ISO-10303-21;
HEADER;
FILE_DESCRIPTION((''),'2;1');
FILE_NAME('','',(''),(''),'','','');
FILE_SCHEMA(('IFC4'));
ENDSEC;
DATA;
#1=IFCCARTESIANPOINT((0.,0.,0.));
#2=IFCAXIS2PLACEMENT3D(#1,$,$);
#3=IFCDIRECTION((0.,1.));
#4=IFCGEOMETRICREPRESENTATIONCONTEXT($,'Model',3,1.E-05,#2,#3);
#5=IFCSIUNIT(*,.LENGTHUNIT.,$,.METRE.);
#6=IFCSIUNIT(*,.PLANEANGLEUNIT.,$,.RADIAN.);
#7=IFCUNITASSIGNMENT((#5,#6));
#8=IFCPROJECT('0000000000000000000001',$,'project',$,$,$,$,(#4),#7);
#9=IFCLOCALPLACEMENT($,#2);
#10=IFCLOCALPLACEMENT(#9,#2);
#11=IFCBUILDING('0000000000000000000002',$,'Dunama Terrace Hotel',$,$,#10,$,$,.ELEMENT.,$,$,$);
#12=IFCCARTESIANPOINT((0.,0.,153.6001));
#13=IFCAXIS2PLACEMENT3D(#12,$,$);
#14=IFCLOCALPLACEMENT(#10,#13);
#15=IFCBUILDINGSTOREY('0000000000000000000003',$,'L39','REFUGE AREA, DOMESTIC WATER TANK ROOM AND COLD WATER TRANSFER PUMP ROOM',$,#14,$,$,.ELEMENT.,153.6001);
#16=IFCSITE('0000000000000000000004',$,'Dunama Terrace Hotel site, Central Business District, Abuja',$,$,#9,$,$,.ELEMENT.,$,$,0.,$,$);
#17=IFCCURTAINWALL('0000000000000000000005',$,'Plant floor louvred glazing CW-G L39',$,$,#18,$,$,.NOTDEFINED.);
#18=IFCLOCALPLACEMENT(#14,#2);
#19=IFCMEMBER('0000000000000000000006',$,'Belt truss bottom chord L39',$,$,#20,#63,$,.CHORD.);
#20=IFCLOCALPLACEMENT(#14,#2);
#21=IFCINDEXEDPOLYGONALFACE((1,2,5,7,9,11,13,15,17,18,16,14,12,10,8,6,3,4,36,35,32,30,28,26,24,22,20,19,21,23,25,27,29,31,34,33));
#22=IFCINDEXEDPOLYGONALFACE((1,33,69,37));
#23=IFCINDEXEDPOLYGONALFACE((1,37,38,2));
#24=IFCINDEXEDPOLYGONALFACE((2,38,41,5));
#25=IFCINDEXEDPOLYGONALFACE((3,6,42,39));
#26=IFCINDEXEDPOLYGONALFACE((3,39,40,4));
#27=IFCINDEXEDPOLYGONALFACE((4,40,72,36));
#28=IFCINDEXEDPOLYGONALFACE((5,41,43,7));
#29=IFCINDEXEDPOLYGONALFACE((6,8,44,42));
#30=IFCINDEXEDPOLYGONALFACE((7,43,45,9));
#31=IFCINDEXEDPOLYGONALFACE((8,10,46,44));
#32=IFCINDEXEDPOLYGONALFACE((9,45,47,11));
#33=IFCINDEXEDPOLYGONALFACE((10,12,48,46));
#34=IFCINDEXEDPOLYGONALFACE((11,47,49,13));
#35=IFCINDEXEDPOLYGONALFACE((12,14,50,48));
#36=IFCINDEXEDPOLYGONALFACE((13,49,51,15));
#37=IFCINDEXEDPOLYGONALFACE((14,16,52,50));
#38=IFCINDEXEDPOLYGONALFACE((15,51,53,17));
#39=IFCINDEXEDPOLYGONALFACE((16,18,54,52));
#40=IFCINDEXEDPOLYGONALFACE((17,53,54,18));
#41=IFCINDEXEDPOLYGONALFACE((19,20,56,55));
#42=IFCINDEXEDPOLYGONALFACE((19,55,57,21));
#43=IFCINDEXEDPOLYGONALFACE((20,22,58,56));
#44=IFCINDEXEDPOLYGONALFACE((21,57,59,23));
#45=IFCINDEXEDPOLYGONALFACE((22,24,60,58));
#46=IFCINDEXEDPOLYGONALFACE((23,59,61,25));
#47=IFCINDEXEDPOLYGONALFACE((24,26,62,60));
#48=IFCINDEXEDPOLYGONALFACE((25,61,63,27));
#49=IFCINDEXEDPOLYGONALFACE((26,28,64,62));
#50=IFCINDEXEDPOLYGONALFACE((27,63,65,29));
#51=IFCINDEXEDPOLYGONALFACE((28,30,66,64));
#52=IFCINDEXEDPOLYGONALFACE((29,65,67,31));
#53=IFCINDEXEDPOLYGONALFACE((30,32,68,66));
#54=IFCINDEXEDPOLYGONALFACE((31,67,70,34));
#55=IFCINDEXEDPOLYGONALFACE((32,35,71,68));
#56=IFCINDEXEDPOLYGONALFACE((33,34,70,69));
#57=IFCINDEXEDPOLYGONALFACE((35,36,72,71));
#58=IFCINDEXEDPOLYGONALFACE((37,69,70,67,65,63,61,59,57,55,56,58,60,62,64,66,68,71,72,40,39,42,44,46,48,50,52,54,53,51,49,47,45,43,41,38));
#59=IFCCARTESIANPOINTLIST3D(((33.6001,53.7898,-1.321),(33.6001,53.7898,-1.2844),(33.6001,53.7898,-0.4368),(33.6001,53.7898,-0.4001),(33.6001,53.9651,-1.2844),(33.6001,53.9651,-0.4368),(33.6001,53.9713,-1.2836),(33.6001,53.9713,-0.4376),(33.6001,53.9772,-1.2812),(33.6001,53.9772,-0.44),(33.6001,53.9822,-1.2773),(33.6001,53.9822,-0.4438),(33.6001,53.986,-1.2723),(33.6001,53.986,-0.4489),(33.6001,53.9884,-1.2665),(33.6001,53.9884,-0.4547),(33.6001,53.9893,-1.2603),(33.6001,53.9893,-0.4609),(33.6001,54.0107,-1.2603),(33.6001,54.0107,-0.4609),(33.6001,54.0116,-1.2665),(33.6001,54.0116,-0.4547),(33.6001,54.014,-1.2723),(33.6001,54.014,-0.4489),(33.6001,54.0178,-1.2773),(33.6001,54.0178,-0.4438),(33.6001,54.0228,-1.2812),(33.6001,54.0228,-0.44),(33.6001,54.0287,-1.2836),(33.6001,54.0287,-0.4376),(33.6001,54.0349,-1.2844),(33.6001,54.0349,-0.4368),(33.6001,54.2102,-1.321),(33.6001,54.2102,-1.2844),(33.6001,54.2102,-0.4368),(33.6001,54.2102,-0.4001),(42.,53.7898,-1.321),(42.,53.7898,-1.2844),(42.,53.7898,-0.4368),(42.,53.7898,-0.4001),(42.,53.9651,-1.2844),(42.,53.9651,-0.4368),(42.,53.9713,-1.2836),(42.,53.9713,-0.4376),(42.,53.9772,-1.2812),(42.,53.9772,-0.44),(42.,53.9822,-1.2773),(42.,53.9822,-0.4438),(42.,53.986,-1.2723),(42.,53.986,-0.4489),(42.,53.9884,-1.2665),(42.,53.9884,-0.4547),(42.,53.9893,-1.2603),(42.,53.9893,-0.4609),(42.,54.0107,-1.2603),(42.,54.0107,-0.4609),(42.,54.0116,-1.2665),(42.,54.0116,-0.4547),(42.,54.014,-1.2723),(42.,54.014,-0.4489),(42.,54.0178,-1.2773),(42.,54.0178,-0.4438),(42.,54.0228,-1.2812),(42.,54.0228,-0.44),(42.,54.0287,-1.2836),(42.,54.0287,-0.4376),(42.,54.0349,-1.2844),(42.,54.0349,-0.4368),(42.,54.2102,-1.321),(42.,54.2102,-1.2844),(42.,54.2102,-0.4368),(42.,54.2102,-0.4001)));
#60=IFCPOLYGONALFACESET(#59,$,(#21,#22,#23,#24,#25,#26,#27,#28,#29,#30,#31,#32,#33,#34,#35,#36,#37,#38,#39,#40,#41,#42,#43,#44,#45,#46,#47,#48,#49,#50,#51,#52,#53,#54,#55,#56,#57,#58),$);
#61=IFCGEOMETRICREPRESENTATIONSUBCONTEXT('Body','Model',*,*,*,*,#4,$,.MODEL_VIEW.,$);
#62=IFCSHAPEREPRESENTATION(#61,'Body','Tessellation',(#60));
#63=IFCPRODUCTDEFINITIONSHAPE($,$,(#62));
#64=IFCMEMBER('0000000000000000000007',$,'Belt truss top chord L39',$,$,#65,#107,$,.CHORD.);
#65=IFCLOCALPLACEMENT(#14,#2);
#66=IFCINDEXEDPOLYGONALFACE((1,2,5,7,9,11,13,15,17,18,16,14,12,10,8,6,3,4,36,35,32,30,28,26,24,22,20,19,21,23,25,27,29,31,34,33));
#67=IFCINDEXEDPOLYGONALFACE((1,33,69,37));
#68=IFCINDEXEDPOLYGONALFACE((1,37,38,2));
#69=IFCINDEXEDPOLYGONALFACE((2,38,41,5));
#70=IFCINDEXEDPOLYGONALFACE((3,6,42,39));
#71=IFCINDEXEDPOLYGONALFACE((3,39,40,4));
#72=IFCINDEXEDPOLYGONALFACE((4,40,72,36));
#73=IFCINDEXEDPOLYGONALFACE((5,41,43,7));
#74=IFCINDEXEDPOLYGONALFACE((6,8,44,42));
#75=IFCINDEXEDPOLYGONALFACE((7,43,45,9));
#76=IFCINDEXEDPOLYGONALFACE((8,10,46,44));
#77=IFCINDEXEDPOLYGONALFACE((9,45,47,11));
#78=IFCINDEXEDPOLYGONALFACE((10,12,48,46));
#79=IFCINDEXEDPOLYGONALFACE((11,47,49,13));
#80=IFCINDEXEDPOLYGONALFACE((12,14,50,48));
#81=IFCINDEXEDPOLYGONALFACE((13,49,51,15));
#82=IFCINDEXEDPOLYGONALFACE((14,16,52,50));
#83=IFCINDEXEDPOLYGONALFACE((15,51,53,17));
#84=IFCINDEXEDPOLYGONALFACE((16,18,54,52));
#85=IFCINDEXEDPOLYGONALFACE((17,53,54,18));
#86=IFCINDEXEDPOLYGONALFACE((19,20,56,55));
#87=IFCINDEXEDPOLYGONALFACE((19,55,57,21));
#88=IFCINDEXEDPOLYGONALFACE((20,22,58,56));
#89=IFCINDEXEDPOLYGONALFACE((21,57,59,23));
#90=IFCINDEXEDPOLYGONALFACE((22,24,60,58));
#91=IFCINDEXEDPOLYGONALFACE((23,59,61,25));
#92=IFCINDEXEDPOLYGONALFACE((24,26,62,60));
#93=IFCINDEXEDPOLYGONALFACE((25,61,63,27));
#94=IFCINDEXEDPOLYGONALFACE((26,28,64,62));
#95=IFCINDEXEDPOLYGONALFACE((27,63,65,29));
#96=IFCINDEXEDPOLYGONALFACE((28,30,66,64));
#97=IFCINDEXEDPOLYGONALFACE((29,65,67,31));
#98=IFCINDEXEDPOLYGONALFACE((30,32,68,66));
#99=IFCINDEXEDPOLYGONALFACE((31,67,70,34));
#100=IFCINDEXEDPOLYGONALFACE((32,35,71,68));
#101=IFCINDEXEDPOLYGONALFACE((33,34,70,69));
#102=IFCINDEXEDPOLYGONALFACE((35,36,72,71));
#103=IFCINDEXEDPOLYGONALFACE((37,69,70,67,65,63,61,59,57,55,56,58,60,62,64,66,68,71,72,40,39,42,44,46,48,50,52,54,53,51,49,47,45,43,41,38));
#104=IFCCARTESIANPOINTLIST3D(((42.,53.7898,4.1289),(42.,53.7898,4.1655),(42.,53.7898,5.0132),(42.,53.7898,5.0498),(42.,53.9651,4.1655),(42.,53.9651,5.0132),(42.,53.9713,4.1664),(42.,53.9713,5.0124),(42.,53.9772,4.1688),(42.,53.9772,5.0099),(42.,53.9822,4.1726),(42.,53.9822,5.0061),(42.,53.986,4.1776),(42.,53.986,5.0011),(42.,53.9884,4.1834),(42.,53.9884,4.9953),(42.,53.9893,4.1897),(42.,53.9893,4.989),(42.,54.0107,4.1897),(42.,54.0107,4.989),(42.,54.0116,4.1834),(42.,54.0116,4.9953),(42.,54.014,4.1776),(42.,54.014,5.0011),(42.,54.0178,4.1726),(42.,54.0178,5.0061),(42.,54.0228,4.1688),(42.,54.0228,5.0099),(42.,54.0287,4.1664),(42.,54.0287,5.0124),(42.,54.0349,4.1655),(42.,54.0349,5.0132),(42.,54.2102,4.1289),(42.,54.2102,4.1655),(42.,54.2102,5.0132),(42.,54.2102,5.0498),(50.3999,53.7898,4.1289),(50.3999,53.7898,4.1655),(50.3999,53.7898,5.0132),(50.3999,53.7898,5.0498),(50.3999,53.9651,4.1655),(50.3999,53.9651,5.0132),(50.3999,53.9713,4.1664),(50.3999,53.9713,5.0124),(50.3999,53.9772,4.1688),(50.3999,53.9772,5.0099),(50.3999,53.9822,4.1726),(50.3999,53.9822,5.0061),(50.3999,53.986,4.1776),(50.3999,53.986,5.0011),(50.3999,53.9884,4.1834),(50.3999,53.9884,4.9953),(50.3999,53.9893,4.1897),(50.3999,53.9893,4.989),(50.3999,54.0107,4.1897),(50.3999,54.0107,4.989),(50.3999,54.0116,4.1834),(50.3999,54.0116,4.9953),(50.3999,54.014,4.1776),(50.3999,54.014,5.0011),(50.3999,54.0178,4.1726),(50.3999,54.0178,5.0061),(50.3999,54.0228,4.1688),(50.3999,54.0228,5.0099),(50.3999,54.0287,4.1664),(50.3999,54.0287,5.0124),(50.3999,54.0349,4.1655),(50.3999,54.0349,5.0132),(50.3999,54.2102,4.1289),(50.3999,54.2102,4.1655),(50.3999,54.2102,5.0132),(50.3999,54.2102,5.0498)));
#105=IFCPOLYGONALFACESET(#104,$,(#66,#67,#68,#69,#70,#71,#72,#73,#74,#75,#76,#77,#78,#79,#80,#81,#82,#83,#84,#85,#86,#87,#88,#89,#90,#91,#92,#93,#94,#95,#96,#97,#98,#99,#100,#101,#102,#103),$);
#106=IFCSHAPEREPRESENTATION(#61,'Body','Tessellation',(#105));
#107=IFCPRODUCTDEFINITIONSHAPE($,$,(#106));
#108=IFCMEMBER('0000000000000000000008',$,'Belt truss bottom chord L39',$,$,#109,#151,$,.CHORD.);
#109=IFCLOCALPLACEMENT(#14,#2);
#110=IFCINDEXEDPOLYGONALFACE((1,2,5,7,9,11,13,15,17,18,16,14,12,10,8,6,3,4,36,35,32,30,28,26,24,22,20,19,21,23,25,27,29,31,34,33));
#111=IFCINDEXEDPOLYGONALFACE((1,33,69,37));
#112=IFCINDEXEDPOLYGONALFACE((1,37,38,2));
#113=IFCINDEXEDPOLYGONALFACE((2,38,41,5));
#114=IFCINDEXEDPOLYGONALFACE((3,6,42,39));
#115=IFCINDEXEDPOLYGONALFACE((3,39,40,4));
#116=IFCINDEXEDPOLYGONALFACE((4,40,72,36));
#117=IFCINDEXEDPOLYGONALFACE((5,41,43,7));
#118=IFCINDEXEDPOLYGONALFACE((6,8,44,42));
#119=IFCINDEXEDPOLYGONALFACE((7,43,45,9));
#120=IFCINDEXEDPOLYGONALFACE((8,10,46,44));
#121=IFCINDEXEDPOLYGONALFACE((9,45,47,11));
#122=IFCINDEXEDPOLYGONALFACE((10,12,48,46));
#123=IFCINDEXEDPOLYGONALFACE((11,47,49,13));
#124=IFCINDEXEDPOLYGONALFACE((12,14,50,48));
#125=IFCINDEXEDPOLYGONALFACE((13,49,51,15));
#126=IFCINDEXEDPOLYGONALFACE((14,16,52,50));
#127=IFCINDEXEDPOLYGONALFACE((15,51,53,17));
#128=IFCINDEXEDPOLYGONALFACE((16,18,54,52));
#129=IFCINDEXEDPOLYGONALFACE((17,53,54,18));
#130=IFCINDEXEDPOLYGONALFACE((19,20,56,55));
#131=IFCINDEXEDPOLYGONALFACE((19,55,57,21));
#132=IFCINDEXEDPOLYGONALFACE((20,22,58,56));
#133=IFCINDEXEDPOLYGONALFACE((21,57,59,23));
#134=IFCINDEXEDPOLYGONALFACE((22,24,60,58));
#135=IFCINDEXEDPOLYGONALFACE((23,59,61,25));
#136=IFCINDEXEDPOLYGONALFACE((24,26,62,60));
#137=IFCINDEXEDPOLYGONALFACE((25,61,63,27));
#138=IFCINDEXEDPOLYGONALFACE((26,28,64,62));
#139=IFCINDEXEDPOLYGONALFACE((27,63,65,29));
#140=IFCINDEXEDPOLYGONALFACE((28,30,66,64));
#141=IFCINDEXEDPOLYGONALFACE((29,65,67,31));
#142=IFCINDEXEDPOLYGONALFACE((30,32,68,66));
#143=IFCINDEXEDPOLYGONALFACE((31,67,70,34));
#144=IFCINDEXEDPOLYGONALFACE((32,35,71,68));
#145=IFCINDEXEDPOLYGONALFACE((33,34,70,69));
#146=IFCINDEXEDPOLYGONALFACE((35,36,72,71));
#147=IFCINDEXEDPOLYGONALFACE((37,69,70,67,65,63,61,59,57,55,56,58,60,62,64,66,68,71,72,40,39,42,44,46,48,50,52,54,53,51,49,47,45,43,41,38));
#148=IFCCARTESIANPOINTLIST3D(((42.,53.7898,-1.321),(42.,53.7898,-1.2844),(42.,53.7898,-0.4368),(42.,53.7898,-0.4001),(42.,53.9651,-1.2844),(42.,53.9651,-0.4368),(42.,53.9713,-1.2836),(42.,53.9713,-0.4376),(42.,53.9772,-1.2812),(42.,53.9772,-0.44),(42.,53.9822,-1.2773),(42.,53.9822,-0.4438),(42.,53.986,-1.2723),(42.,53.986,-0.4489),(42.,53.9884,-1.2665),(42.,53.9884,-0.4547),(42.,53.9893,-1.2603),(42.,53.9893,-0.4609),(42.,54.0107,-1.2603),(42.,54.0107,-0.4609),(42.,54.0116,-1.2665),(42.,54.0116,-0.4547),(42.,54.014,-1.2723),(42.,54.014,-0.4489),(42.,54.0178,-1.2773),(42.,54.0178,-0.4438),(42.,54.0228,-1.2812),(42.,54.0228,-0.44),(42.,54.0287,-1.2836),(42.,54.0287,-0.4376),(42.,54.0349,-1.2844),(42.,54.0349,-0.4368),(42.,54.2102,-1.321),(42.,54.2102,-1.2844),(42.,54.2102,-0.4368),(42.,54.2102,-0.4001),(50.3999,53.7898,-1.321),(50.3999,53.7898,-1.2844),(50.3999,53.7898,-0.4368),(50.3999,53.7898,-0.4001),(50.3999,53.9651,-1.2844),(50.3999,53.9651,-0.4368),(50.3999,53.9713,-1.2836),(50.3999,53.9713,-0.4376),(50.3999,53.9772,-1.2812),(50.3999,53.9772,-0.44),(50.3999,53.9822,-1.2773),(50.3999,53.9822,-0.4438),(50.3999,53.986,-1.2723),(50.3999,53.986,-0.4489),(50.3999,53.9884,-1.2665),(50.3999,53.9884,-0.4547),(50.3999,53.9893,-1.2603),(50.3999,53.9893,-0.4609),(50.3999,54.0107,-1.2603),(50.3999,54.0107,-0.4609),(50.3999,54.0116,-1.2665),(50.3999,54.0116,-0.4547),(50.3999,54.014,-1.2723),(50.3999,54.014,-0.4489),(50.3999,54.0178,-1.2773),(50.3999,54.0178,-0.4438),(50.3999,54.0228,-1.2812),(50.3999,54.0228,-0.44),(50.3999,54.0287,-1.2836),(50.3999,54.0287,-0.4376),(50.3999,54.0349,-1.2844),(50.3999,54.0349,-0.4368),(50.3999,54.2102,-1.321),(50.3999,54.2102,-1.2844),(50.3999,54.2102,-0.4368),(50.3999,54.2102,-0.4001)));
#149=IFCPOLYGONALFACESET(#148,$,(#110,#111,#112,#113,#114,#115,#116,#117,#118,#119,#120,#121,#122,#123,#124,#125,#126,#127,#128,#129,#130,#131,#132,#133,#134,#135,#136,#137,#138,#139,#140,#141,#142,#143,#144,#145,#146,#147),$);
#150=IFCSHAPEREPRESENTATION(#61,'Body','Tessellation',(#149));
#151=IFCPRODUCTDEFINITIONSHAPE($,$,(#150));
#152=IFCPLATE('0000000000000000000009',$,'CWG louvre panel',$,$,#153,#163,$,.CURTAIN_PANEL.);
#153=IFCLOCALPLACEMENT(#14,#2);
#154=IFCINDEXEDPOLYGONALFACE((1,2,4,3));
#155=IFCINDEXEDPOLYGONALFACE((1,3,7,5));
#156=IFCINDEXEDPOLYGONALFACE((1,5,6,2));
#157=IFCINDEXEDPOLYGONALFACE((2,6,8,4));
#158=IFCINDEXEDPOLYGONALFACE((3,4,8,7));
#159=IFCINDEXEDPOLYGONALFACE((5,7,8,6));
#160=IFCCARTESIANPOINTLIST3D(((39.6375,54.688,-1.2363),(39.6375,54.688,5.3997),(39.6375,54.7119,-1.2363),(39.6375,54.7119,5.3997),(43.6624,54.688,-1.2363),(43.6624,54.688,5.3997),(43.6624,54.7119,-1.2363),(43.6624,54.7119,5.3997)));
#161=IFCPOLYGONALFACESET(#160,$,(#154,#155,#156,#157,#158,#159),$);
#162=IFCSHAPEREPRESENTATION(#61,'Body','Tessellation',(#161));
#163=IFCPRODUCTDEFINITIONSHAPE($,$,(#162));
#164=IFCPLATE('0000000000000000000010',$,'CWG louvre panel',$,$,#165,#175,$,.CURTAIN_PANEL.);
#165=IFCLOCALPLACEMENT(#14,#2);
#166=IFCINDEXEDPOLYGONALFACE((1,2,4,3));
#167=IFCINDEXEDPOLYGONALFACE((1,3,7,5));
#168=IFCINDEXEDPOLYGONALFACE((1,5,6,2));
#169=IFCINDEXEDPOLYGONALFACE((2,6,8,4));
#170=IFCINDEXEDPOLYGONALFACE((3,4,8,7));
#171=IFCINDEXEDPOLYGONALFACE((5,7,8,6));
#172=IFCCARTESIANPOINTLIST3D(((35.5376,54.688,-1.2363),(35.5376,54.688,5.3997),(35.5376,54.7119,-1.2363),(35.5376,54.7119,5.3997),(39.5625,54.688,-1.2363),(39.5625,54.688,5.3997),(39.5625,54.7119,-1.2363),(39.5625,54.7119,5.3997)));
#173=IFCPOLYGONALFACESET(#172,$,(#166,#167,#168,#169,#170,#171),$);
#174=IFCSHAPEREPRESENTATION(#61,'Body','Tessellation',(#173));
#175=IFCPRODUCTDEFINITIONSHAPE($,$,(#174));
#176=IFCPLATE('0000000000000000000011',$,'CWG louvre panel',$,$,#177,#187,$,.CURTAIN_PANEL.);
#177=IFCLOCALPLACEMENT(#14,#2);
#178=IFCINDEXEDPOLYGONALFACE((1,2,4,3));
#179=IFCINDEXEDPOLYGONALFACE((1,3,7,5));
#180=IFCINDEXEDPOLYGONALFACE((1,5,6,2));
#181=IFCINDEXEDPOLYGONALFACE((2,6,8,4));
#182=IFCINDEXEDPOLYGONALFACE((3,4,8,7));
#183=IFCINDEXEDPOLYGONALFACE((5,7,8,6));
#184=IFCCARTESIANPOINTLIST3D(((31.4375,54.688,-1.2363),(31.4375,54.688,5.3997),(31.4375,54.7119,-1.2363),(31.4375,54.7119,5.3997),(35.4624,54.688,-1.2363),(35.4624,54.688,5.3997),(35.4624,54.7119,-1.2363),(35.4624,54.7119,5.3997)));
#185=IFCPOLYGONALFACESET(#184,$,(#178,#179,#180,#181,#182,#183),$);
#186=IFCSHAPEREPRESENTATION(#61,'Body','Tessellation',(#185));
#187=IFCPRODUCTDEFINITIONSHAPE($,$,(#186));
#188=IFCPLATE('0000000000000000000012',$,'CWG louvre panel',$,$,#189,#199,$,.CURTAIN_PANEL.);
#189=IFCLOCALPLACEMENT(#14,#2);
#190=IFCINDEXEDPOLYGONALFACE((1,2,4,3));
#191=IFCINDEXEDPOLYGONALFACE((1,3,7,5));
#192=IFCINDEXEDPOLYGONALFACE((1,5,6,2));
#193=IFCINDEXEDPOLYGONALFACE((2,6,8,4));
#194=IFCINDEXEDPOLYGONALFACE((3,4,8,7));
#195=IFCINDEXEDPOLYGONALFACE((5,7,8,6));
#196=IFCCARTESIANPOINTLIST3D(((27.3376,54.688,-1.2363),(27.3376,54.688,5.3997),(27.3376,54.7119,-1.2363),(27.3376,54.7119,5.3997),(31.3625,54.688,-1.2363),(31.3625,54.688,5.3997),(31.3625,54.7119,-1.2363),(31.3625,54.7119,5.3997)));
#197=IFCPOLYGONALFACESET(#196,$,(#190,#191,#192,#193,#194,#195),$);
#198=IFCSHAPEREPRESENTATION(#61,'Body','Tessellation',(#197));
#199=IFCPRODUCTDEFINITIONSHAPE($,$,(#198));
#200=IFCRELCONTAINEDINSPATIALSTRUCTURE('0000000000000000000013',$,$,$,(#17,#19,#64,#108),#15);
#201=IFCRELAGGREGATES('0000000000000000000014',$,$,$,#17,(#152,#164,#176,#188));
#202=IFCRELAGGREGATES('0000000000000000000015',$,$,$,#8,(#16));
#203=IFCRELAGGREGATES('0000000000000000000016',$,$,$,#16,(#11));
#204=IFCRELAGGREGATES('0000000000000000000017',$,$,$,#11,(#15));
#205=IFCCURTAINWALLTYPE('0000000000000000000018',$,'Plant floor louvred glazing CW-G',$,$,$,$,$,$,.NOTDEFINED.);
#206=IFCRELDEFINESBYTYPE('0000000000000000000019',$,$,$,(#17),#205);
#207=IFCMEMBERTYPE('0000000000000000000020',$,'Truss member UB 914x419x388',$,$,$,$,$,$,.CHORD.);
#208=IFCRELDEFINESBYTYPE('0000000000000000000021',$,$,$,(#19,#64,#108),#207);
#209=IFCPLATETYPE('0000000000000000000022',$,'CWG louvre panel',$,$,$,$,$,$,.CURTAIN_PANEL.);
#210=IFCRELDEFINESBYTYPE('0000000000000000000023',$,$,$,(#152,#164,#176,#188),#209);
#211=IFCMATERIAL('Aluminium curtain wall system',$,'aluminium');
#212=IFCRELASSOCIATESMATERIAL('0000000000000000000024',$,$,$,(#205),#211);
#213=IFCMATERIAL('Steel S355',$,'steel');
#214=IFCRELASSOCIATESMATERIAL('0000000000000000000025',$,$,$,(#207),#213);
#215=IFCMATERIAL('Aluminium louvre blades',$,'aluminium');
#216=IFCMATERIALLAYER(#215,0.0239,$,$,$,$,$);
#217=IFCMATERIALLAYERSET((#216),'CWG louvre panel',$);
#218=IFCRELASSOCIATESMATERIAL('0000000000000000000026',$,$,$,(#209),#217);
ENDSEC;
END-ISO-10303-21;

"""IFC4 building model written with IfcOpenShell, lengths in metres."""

from ifc_helpers import new_model, si_unit, direction, frame, origin, origin_2d, place, context, subcontext, project, spatial, rectangle, i_section, extrude, material, layer, layer_set, material_profile, profile_set, type_object, element, aggregate, save


model = new_model("IFC4")

# Units and contexts
model_context = context("Model", 3, precision=1e-05, world=origin(), true_north=direction((0.0, 1.0)))
body_context = subcontext(model_context, "Body", "Model", "MODEL_VIEW")
ifc_project = project(units=[si_unit("LENGTHUNIT", "METRE"), si_unit("PLANEANGLEUNIT", "RADIAN")], contexts=[model_context])

# Site, building, storey
site_placement = place(None, origin())
site = spatial("IfcSite", under=ifc_project, at=site_placement, Name="Dunama Terrace Hotel site, Central Business District, Abuja", CompositionType="ELEMENT", RefElevation=0.0)
building_placement = place(site_placement, origin())
building = spatial("IfcBuilding", under=site, at=building_placement, Name="Dunama Terrace Hotel", CompositionType="ELEMENT")
storey_placement = place(building_placement, frame((0.0, 0.0, 153.6001)))
storey = spatial("IfcBuildingStorey", under=building, at=storey_placement, Name="L39", Description="REFUGE AREA, DOMESTIC WATER TANK ROOM AND COLD WATER TRANSFER PUMP ROOM", CompositionType="ELEMENT", Elevation=153.6001)

# Curtain wall
ifc_material_1 = material(Name="Aluminium curtain wall system", Category="aluminium")
curtain_wall_type = type_object("IfcCurtainWallType", Name="Plant floor louvred glazing CW-G", PredefinedType="NOTDEFINED", material=ifc_material_1)
curtain_wall_placement = place(storey_placement, origin())
curtain_wall = element("IfcCurtainWall", 1, at=curtain_wall_placement, inside=storey, type_object=curtain_wall_type, Name="Plant floor louvred glazing CW-G L39", PredefinedType="NOTDEFINED")

# Members
ifc_material_2 = material(Name="Steel S355", Category="steel")
ifc_material_profile_1 = material_profile(ifc_material_2, i_section(OverallWidth=0.4204, OverallDepth=0.9209, WebThickness=0.0215, FlangeThickness=0.0366, FilletRadius=0.0242, at=origin_2d()), Name="UB 914x419x388")
ifc_profile_set_1 = profile_set([ifc_material_profile_1], Name="Steel S355")
member_type_1 = type_object("IfcMemberType", Name="Truss member UB 914x419x388", PredefinedType="CHORD", material=ifc_profile_set_1)
for number, where, z_axis, x_axis, name in (
    (2, (33.6001, 54.0, -0.8606), (1.0, 0.0, 0.0), (0.0, 1.0, 0.0), "Belt truss bottom chord L39"),
    (3, (42.0, 54.0, 4.5894), (1.0, 0.0, 0.0), (0.0, 1.0, 0.0), "Belt truss top chord L39"),
    (4, (42.0, 54.0, -0.8606), (1.0, 0.0, 0.0), (0.0, 1.0, 0.0), "Belt truss bottom chord L39"),
):
    element("IfcMember", number, at=place(storey_placement, frame(where, z_axis=z_axis, x_axis=x_axis)), inside=storey, type_object=member_type_1, Name=name, PredefinedType="CHORD", context=body_context, shape_type="SweptSolid", body=[
        extrude(i_section(OverallWidth=0.4204, OverallDepth=0.9209, WebThickness=0.0215, FlangeThickness=0.0366, FilletRadius=0.0242, at=origin_2d()), origin(), (0.0, 0.0, 1.0), 8.3999),
    ])

# Plates
ifc_material_3 = material(Name="Aluminium louvre blades", Category="aluminium")
ifc_layer = layer(ifc_material_3, 0.0239)
ifc_layer_set = layer_set([ifc_layer], Name="CWG louvre panel")
plate_type = type_object("IfcPlateType", Name="CWG louvre panel", PredefinedType="CURTAIN_PANEL", material=ifc_layer_set)
plate_1_placement = place(storey_placement, frame((41.6499, 54.7, -1.2363), z_axis=(0.0, 0.0, 1.0), x_axis=(-1.0, 0.0, 0.0)))
plate_1 = element("IfcPlate", 5, at=plate_1_placement, type_object=plate_type, Name="CWG louvre panel", PredefinedType="CURTAIN_PANEL", context=body_context, shape_type="SweptSolid", body=[
    extrude(rectangle(XDim=4.0249, YDim=0.0239, at=origin_2d()), origin(), (0.0, 0.0, 1.0), 6.636),
])
plate_2_placement = place(storey_placement, frame((37.55, 54.7, -1.2363), z_axis=(0.0, 0.0, 1.0), x_axis=(-1.0, 0.0, 0.0)))
plate_2 = element("IfcPlate", 6, at=plate_2_placement, type_object=plate_type, Name="CWG louvre panel", PredefinedType="CURTAIN_PANEL", context=body_context, shape_type="SweptSolid", body=[
    extrude(rectangle(XDim=4.0249, YDim=0.0239, at=origin_2d()), origin(), (0.0, 0.0, 1.0), 6.636),
])
plate_3_placement = place(storey_placement, frame((33.45, 54.7, -1.2363), z_axis=(0.0, 0.0, 1.0), x_axis=(-1.0, 0.0, 0.0)))
plate_3 = element("IfcPlate", 7, at=plate_3_placement, type_object=plate_type, Name="CWG louvre panel", PredefinedType="CURTAIN_PANEL", context=body_context, shape_type="SweptSolid", body=[
    extrude(rectangle(XDim=4.0249, YDim=0.0239, at=origin_2d()), origin(), (0.0, 0.0, 1.0), 6.636),
])
plate_4_placement = place(storey_placement, frame((29.3501, 54.7, -1.2363), z_axis=(0.0, 0.0, 1.0), x_axis=(-1.0, 0.0, 0.0)))
plate_4 = element("IfcPlate", 8, at=plate_4_placement, type_object=plate_type, Name="CWG louvre panel", PredefinedType="CURTAIN_PANEL", context=body_context, shape_type="SweptSolid", body=[
    extrude(rectangle(XDim=4.0249, YDim=0.0239, at=origin_2d()), origin(), (0.0, 0.0, 1.0), 6.636),
])
aggregate(curtain_wall, [plate_1, plate_2, plate_3, plate_4])

save(model, "model.ifc")
